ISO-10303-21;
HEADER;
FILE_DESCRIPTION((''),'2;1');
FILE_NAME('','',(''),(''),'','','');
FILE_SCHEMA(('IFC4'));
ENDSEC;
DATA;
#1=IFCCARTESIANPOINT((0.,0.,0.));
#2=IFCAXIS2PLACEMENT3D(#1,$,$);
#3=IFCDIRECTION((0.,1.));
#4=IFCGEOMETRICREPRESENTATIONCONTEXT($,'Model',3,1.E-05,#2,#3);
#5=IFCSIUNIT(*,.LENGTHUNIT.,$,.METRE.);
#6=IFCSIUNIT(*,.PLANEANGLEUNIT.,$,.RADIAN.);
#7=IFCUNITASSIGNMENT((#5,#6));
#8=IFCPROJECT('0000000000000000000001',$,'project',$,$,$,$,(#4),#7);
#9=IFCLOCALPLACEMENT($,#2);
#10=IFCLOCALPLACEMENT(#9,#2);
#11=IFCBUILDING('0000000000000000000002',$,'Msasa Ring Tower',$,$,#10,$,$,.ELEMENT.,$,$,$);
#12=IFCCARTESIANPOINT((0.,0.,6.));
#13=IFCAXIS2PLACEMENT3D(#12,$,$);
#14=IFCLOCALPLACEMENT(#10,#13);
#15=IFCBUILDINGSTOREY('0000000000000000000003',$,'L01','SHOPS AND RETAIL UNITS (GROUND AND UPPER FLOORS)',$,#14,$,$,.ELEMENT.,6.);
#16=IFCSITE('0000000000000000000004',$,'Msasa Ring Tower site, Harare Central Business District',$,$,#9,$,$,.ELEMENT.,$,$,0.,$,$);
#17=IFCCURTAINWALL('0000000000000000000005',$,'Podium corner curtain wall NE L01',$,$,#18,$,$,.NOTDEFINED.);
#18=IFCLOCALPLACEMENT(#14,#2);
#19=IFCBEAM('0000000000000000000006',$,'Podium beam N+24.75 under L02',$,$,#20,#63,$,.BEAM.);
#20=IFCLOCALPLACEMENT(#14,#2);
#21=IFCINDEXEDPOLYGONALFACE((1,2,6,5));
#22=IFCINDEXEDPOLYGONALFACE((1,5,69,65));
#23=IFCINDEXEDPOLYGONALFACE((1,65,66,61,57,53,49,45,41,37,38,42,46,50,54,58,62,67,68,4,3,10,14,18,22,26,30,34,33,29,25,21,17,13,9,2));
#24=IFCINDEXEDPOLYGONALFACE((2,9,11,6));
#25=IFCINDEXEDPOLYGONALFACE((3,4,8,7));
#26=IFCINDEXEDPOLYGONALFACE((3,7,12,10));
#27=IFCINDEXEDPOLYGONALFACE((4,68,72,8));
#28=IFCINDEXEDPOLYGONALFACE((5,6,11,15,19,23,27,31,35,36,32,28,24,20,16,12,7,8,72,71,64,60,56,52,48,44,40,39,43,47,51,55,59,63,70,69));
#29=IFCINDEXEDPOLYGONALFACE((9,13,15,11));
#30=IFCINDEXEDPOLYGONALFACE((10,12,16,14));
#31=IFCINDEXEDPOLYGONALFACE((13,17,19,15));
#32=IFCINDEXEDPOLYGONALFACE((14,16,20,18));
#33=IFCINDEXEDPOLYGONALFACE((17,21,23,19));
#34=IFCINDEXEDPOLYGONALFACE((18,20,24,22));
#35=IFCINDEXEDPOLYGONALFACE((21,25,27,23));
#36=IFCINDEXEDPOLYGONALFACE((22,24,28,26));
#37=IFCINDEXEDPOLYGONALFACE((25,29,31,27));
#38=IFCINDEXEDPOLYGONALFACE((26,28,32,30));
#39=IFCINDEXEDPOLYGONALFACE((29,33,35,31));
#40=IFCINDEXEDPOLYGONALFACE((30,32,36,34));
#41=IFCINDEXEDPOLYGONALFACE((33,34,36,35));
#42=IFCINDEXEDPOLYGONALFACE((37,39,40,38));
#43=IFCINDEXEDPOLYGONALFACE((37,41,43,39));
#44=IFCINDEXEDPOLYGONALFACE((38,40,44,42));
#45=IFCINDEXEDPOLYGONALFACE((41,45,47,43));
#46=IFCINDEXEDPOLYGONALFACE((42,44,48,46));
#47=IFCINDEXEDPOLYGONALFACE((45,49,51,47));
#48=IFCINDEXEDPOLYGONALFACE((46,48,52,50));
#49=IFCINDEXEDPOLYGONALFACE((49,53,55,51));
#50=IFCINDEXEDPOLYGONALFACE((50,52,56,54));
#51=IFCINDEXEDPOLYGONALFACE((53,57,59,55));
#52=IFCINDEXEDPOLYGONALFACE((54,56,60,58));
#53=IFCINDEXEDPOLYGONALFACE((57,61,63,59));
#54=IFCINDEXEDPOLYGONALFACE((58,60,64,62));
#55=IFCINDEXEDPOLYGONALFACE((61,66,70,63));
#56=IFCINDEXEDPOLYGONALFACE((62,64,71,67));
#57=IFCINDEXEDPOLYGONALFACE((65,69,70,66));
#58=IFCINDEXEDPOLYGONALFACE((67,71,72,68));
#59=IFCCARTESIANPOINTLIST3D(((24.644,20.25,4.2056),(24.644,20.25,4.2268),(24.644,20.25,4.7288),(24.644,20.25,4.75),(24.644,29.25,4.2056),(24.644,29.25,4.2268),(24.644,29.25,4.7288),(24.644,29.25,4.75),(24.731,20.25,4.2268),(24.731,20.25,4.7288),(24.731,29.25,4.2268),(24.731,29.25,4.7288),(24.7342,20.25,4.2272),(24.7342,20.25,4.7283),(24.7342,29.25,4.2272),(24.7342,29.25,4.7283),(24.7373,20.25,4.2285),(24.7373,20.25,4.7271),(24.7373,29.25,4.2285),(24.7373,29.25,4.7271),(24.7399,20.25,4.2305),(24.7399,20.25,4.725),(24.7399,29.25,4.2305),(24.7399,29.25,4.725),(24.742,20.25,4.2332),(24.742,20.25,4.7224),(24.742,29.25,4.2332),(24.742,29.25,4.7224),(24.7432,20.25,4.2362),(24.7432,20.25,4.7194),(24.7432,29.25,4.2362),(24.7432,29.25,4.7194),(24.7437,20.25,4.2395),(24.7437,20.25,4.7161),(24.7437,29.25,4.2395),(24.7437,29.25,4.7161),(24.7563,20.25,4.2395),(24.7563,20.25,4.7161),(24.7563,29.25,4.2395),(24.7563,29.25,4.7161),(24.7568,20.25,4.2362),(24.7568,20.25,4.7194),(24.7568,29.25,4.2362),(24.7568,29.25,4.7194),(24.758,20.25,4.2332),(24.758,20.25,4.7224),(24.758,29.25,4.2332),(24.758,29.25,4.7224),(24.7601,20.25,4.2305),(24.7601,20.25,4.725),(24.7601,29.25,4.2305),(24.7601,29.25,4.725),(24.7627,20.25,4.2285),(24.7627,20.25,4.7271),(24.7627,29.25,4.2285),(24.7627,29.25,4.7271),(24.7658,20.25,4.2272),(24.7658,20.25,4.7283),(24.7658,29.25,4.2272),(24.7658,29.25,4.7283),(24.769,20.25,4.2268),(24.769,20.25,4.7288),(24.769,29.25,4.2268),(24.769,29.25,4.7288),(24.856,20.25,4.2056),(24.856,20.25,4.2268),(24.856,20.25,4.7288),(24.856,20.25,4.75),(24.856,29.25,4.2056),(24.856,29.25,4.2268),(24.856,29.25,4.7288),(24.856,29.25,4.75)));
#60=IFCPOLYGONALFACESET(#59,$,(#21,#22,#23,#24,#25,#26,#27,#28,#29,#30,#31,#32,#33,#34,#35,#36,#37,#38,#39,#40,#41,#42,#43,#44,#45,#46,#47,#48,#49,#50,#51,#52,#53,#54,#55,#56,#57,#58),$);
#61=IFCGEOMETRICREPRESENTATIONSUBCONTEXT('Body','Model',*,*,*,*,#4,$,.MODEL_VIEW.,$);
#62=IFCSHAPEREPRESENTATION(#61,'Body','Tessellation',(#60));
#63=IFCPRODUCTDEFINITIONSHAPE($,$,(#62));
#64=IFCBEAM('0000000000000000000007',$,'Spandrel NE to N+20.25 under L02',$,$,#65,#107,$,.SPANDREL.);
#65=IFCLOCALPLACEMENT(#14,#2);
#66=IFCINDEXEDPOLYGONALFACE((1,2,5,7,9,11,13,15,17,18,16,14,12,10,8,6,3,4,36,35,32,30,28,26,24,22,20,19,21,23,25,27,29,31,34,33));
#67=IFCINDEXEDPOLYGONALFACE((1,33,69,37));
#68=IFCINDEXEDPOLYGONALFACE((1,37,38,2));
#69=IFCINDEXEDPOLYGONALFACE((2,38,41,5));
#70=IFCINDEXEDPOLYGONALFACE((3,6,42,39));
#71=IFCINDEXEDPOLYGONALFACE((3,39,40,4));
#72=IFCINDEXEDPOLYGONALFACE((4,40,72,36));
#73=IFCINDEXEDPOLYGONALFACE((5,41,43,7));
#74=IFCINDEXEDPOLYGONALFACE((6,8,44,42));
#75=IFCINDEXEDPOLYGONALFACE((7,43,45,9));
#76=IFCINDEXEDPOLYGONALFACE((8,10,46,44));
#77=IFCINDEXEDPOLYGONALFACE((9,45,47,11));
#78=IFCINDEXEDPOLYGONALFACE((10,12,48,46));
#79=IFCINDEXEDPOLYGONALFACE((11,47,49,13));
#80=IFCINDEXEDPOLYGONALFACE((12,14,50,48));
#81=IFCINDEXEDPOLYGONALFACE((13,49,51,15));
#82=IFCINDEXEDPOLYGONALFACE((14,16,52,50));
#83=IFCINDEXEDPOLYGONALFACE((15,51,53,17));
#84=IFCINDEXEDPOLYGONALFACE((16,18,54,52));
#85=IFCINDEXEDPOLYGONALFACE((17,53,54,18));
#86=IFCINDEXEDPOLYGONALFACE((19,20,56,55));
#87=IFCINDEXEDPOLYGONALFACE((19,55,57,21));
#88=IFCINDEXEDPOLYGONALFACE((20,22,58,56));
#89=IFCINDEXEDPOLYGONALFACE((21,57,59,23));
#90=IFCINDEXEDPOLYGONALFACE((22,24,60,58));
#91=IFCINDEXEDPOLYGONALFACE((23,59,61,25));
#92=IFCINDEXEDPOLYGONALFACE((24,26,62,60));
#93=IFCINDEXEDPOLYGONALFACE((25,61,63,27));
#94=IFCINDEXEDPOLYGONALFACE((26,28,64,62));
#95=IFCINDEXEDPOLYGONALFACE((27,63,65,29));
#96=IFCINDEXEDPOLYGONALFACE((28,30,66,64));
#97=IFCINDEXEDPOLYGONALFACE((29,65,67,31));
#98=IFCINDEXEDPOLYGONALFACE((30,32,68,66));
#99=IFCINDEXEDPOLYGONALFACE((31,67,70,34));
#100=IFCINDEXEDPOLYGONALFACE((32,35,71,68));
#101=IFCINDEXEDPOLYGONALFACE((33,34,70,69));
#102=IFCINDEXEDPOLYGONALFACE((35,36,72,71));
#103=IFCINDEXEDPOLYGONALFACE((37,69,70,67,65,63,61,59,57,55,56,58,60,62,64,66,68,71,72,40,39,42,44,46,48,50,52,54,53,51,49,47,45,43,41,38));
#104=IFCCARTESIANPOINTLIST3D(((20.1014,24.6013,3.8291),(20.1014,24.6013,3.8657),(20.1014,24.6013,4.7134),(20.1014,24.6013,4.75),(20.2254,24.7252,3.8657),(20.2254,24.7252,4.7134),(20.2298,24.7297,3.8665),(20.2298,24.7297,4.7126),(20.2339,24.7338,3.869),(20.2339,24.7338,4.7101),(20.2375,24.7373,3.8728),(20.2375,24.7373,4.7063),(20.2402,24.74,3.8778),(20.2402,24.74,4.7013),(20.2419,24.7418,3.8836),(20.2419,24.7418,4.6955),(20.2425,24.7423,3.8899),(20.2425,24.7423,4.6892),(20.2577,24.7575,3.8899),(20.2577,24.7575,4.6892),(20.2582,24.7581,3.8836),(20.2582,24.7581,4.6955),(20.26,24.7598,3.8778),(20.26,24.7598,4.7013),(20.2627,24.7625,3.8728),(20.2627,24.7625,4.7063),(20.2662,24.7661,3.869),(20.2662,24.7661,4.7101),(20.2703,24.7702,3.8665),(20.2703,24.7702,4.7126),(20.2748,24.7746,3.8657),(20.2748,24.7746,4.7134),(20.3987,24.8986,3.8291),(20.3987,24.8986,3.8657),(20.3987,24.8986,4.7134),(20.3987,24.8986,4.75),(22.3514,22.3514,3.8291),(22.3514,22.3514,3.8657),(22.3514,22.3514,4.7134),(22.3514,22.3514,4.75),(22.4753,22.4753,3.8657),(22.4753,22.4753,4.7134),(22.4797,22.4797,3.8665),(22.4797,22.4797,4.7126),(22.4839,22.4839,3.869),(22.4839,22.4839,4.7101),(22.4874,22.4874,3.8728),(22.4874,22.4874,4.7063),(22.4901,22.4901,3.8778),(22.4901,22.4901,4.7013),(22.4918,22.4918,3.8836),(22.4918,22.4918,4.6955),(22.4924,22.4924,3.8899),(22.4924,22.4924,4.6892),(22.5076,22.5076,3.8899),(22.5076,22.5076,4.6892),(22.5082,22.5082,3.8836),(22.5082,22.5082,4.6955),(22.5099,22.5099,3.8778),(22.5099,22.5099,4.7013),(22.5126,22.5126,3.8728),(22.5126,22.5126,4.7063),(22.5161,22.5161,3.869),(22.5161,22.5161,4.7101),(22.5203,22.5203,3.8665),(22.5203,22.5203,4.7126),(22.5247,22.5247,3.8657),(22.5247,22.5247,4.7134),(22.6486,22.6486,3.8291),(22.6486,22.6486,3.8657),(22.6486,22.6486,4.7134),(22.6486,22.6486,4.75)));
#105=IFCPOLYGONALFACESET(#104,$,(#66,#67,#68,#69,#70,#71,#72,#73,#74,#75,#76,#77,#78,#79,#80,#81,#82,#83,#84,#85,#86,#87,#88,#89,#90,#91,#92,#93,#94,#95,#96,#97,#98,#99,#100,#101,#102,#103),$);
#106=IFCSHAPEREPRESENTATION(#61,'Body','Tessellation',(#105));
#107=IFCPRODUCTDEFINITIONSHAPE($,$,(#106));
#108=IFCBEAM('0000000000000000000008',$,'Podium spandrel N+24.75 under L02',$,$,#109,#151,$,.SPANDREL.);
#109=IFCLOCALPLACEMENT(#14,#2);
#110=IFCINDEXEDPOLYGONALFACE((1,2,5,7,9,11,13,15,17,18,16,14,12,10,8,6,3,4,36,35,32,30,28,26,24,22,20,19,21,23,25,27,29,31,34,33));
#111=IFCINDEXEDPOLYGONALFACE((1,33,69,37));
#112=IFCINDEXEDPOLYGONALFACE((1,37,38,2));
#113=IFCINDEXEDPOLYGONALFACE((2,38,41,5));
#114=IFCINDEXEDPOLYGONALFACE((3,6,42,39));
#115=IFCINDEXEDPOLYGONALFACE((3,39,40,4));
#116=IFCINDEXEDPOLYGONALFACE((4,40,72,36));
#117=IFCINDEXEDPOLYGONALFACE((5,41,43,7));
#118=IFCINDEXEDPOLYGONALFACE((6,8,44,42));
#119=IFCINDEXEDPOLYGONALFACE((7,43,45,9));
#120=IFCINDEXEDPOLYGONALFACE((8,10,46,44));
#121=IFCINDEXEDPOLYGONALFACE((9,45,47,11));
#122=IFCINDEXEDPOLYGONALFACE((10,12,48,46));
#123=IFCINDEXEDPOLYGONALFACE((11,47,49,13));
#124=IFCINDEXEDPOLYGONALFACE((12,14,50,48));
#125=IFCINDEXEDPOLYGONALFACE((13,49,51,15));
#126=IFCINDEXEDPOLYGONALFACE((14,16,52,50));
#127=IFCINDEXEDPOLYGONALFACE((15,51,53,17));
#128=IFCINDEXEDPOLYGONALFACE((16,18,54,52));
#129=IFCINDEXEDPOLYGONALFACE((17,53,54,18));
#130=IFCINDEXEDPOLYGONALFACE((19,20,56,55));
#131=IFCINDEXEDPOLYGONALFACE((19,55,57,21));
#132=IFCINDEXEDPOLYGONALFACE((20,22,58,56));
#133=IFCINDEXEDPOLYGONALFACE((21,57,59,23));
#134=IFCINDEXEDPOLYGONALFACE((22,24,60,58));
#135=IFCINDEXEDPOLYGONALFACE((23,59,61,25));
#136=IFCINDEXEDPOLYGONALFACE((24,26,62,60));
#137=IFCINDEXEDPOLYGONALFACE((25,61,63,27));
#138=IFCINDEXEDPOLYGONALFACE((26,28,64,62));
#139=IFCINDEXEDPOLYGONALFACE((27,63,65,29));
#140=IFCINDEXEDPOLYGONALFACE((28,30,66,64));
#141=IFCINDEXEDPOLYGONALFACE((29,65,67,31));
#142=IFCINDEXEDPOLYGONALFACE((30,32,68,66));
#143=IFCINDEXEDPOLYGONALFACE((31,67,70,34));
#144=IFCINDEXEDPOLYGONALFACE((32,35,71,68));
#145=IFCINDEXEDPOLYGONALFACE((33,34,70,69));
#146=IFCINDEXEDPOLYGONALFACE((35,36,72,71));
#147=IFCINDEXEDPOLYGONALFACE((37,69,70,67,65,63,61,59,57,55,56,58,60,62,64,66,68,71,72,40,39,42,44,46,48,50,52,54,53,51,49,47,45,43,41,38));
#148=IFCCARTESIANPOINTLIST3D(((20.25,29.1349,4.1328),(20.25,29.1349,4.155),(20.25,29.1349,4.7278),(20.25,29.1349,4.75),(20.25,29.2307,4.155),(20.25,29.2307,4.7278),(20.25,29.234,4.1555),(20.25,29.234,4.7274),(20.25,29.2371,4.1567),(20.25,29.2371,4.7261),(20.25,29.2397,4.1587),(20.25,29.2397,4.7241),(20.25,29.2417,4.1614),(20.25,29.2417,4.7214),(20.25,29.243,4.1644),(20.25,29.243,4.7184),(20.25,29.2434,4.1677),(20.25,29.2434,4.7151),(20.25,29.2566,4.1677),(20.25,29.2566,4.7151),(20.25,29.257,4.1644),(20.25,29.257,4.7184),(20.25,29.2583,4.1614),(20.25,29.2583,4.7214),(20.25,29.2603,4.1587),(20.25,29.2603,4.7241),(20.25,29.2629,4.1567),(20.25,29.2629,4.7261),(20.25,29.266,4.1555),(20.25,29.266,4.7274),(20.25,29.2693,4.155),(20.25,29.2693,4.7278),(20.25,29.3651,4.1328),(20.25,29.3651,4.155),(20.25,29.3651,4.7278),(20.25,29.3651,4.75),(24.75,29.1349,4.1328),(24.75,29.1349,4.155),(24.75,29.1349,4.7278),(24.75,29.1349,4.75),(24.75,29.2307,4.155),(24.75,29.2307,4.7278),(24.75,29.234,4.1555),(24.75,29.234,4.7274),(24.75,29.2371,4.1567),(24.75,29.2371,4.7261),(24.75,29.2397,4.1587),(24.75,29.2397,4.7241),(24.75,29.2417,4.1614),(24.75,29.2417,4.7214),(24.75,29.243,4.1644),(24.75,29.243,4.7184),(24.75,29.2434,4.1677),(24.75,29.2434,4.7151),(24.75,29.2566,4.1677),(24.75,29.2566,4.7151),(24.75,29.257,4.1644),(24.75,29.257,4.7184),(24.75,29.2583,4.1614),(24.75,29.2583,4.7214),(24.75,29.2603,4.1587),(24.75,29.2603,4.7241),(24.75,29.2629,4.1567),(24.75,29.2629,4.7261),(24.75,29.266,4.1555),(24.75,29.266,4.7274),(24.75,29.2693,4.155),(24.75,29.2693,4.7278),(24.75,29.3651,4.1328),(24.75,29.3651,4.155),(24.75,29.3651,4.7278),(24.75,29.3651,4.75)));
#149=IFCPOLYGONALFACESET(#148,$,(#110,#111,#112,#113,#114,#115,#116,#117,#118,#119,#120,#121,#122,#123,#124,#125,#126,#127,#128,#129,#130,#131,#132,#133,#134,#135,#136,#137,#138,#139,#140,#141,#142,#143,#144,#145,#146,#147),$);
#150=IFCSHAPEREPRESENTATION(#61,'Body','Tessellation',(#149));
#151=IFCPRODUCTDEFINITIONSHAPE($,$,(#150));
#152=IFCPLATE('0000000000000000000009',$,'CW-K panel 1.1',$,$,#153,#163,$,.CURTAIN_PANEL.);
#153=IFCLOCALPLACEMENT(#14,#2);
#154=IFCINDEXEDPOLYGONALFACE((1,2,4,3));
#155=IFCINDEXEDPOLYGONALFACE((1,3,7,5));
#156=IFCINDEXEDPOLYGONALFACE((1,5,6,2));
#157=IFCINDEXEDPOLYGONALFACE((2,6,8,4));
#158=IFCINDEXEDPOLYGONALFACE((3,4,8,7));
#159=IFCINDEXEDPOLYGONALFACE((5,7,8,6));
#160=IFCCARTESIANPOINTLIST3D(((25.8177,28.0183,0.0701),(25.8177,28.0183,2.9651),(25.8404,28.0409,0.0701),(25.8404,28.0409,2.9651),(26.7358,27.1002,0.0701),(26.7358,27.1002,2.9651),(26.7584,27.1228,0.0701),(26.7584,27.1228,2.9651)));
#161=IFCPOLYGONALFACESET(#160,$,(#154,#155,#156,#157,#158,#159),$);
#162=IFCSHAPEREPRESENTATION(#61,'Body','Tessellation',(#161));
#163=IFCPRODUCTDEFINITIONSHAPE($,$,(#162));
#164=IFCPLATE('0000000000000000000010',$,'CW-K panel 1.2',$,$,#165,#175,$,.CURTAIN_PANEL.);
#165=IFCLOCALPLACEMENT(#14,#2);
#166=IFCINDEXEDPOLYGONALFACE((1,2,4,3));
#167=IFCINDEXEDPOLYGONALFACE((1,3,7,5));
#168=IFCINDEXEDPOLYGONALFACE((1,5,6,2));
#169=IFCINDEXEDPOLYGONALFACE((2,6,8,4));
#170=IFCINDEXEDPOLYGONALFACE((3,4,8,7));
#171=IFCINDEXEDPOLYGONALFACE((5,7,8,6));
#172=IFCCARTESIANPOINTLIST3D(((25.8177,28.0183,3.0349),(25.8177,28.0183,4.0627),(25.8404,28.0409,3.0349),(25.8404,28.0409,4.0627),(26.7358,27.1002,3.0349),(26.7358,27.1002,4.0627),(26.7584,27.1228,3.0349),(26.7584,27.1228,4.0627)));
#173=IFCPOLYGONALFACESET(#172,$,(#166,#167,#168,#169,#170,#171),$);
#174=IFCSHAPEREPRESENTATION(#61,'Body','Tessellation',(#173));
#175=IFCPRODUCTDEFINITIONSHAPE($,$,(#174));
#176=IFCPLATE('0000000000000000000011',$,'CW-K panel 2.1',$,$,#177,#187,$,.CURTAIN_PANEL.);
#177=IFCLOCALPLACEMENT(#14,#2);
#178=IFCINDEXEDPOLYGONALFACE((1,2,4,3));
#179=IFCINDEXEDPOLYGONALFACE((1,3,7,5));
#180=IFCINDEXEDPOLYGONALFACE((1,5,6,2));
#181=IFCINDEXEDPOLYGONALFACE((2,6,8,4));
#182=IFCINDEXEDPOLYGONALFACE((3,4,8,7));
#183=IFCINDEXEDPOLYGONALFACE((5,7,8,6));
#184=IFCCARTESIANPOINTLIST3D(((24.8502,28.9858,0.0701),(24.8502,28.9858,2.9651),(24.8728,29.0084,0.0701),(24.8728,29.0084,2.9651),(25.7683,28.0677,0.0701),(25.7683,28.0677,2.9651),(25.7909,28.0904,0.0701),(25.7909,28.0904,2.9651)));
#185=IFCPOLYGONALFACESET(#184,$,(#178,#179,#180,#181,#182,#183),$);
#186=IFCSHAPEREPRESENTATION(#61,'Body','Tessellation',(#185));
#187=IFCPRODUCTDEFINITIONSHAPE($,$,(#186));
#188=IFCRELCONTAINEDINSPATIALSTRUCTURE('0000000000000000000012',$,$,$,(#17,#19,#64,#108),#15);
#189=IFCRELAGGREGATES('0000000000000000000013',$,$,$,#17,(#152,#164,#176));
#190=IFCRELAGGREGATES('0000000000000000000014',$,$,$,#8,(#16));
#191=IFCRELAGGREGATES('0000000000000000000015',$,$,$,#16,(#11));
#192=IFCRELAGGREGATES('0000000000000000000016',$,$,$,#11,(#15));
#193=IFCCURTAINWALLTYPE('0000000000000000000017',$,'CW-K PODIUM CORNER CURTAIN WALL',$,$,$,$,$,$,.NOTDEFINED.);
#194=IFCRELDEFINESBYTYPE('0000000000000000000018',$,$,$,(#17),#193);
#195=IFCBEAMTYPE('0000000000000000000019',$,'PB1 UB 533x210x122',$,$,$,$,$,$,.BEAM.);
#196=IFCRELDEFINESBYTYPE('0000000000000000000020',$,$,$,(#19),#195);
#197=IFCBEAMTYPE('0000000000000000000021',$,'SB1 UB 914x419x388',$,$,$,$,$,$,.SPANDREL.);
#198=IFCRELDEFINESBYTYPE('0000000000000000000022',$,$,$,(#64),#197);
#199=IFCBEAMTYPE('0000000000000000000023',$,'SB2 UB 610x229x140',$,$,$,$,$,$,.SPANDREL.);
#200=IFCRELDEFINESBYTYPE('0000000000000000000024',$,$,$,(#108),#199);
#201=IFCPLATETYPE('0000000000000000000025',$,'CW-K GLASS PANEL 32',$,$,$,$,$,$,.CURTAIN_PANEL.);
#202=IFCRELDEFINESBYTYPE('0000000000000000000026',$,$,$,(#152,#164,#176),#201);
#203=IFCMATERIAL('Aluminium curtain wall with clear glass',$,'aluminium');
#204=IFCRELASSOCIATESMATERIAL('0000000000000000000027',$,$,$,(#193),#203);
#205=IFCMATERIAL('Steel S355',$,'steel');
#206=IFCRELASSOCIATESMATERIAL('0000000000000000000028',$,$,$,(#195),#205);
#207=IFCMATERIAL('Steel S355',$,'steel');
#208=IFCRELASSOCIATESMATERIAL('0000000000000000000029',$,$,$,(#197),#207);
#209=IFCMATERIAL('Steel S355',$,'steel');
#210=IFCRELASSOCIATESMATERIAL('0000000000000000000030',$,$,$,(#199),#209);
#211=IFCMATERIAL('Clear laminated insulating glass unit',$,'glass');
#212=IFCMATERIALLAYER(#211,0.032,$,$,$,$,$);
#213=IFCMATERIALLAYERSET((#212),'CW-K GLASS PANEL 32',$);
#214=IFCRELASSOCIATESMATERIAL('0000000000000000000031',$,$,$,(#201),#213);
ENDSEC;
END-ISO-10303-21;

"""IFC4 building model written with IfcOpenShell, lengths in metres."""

from ifc_helpers import new_model, si_unit, direction, frame, origin, origin_2d, place, context, subcontext, project, spatial, rectangle, i_section, extrude, material, layer, layer_set, material_profile, profile_set, type_object, element, aggregate, save


model = new_model("IFC4")

# Units and contexts
model_context = context("Model", 3, precision=1e-05, world=origin(), true_north=direction((0.0, 1.0)))
body_context = subcontext(model_context, "Body", "Model", "MODEL_VIEW")
ifc_project = project(units=[si_unit("LENGTHUNIT", "METRE"), si_unit("PLANEANGLEUNIT", "RADIAN")], contexts=[model_context])

# Site, building, storey
site_placement = place(None, origin())
site = spatial("IfcSite", under=ifc_project, at=site_placement, Name="Msasa Ring Tower site, Harare Central Business District", CompositionType="ELEMENT", RefElevation=0.0)
building_placement = place(site_placement, origin())
building = spatial("IfcBuilding", under=site, at=building_placement, Name="Msasa Ring Tower", CompositionType="ELEMENT")
storey_placement = place(building_placement, frame((0.0, 0.0, 6.0)))
storey = spatial("IfcBuildingStorey", under=building, at=storey_placement, Name="L01", Description="SHOPS AND RETAIL UNITS (GROUND AND UPPER FLOORS)", CompositionType="ELEMENT", Elevation=6.0)

# Curtain wall
ifc_material_1 = material(Name="Aluminium curtain wall with clear glass", Category="aluminium")
curtain_wall_type = type_object("IfcCurtainWallType", Name="CW-K PODIUM CORNER CURTAIN WALL", PredefinedType="NOTDEFINED", material=ifc_material_1)
curtain_wall_placement = place(storey_placement, origin())
curtain_wall = element("IfcCurtainWall", 1, at=curtain_wall_placement, inside=storey, type_object=curtain_wall_type, Name="Podium corner curtain wall NE L01", PredefinedType="NOTDEFINED")

# Beams
ifc_material_2 = material(Name="Steel S355", Category="steel")
ifc_material_profile_1 = material_profile(ifc_material_2, i_section(OverallWidth=0.2119, OverallDepth=0.5444, WebThickness=0.0127, FlangeThickness=0.0212, FilletRadius=0.0127, at=origin_2d()), Name="UB 533x210x122")
ifc_profile_set_1 = profile_set([ifc_material_profile_1], Name="Steel S355")
beam_type_1 = type_object("IfcBeamType", Name="PB1 UB 533x210x122", PredefinedType="BEAM", material=ifc_profile_set_1)
beam_1_placement = place(storey_placement, frame((24.75, 29.25, 4.4778), z_axis=(0.0, -1.0, 0.0), x_axis=(1.0, 0.0, 0.0)))
element("IfcBeam", 2, at=beam_1_placement, inside=storey, type_object=beam_type_1, Name="Podium beam N+24.75 under L02", PredefinedType="BEAM", context=body_context, shape_type="SweptSolid", body=[
    extrude(i_section(OverallWidth=0.2119, OverallDepth=0.5444, WebThickness=0.0127, FlangeThickness=0.0212, FilletRadius=0.0127, at=origin_2d()), origin(), (0.0, 0.0, 1.0), 9.0),
])
ifc_material_3 = material(Name="Steel S355", Category="steel")
ifc_material_profile_2 = material_profile(ifc_material_3, i_section(OverallWidth=0.4204, OverallDepth=0.9209, WebThickness=0.0215, FlangeThickness=0.0366, FilletRadius=0.0242, at=origin_2d()), Name="UB 914x419x388")
ifc_profile_set_2 = profile_set([ifc_material_profile_2], Name="Steel S355")
beam_type_2 = type_object("IfcBeamType", Name="SB1 UB 914x419x388", PredefinedType="SPANDREL", material=ifc_profile_set_2)
beam_2_placement = place(storey_placement, frame((22.5, 22.5, 4.2896), z_axis=(-0.707107, 0.707107, 0.0), x_axis=(-0.707107, -0.707107, 0.0)))
element("IfcBeam", 3, at=beam_2_placement, inside=storey, type_object=beam_type_2, Name="Spandrel NE to N+20.25 under L02", PredefinedType="SPANDREL", context=body_context, shape_type="SweptSolid", body=[
    extrude(i_section(OverallWidth=0.4204, OverallDepth=0.9209, WebThickness=0.0215, FlangeThickness=0.0366, FilletRadius=0.0242, at=origin_2d()), origin(), (0.0, 0.0, 1.0), 3.1819),
])
ifc_material_4 = material(Name="Steel S355", Category="steel")
ifc_material_profile_3 = material_profile(ifc_material_4, i_section(OverallWidth=0.2302, OverallDepth=0.6172, WebThickness=0.0132, FlangeThickness=0.0222, FilletRadius=0.0127, at=origin_2d()), Name="UB 610x229x140")
ifc_profile_set_3 = profile_set([ifc_material_profile_3], Name="Steel S355")
beam_type_3 = type_object("IfcBeamType", Name="SB2 UB 610x229x140", PredefinedType="SPANDREL", material=ifc_profile_set_3)
beam_3_placement = place(storey_placement, frame((24.75, 29.25, 4.4414), z_axis=(-1.0, 0.0, 0.0), x_axis=(0.0, -1.0, 0.0)))
element("IfcBeam", 4, at=beam_3_placement, inside=storey, type_object=beam_type_3, Name="Podium spandrel N+24.75 under L02", PredefinedType="SPANDREL", context=body_context, shape_type="SweptSolid", body=[
    extrude(i_section(OverallWidth=0.2302, OverallDepth=0.6172, WebThickness=0.0132, FlangeThickness=0.0222, FilletRadius=0.0127, at=origin_2d()), origin(), (0.0, 0.0, 1.0), 4.5),
])

# Plates
ifc_material_5 = material(Name="Clear laminated insulating glass unit", Category="glass")
ifc_layer_1 = layer(ifc_material_5, 0.032)
ifc_layer_set_1 = layer_set([ifc_layer_1], Name="CW-K GLASS PANEL 32")
plate_type = type_object("IfcPlateType", Name="CW-K GLASS PANEL 32", PredefinedType="CURTAIN_PANEL", material=ifc_layer_set_1)
plate_1_placement = place(storey_placement, frame((26.2881, 27.5706, 0.0701), z_axis=(0.0, 0.0, 1.0), x_axis=(-0.707107, 0.707107, 0.0)))
plate_1 = element("IfcPlate", 5, at=plate_1_placement, type_object=plate_type, Name="CW-K panel 1.1", PredefinedType="CURTAIN_PANEL", context=body_context, shape_type="SweptSolid", body=[
    extrude(rectangle(XDim=1.2983, YDim=0.032, at=origin_2d()), origin(), (0.0, 0.0, 1.0), 2.895),
])
plate_2_placement = place(storey_placement, frame((26.2881, 27.5706, 3.0349), z_axis=(0.0, 0.0, 1.0), x_axis=(-0.707107, 0.707107, 0.0)))
plate_2 = element("IfcPlate", 6, at=plate_2_placement, type_object=plate_type, Name="CW-K panel 1.2", PredefinedType="CURTAIN_PANEL", context=body_context, shape_type="SweptSolid", body=[
    extrude(rectangle(XDim=1.2983, YDim=0.032, at=origin_2d()), origin(), (0.0, 0.0, 1.0), 1.0278),
])
plate_3_placement = place(storey_placement, frame((25.3206, 28.5381, 0.0701), z_axis=(0.0, 0.0, 1.0), x_axis=(-0.707107, 0.707107, 0.0)))
plate_3 = element("IfcPlate", 7, at=plate_3_placement, type_object=plate_type, Name="CW-K panel 2.1", PredefinedType="CURTAIN_PANEL", context=body_context, shape_type="SweptSolid", body=[
    extrude(rectangle(XDim=1.2983, YDim=0.032, at=origin_2d()), origin(), (0.0, 0.0, 1.0), 2.895),
])
aggregate(curtain_wall, [plate_1, plate_2, plate_3])

save(model, "model.ifc")
